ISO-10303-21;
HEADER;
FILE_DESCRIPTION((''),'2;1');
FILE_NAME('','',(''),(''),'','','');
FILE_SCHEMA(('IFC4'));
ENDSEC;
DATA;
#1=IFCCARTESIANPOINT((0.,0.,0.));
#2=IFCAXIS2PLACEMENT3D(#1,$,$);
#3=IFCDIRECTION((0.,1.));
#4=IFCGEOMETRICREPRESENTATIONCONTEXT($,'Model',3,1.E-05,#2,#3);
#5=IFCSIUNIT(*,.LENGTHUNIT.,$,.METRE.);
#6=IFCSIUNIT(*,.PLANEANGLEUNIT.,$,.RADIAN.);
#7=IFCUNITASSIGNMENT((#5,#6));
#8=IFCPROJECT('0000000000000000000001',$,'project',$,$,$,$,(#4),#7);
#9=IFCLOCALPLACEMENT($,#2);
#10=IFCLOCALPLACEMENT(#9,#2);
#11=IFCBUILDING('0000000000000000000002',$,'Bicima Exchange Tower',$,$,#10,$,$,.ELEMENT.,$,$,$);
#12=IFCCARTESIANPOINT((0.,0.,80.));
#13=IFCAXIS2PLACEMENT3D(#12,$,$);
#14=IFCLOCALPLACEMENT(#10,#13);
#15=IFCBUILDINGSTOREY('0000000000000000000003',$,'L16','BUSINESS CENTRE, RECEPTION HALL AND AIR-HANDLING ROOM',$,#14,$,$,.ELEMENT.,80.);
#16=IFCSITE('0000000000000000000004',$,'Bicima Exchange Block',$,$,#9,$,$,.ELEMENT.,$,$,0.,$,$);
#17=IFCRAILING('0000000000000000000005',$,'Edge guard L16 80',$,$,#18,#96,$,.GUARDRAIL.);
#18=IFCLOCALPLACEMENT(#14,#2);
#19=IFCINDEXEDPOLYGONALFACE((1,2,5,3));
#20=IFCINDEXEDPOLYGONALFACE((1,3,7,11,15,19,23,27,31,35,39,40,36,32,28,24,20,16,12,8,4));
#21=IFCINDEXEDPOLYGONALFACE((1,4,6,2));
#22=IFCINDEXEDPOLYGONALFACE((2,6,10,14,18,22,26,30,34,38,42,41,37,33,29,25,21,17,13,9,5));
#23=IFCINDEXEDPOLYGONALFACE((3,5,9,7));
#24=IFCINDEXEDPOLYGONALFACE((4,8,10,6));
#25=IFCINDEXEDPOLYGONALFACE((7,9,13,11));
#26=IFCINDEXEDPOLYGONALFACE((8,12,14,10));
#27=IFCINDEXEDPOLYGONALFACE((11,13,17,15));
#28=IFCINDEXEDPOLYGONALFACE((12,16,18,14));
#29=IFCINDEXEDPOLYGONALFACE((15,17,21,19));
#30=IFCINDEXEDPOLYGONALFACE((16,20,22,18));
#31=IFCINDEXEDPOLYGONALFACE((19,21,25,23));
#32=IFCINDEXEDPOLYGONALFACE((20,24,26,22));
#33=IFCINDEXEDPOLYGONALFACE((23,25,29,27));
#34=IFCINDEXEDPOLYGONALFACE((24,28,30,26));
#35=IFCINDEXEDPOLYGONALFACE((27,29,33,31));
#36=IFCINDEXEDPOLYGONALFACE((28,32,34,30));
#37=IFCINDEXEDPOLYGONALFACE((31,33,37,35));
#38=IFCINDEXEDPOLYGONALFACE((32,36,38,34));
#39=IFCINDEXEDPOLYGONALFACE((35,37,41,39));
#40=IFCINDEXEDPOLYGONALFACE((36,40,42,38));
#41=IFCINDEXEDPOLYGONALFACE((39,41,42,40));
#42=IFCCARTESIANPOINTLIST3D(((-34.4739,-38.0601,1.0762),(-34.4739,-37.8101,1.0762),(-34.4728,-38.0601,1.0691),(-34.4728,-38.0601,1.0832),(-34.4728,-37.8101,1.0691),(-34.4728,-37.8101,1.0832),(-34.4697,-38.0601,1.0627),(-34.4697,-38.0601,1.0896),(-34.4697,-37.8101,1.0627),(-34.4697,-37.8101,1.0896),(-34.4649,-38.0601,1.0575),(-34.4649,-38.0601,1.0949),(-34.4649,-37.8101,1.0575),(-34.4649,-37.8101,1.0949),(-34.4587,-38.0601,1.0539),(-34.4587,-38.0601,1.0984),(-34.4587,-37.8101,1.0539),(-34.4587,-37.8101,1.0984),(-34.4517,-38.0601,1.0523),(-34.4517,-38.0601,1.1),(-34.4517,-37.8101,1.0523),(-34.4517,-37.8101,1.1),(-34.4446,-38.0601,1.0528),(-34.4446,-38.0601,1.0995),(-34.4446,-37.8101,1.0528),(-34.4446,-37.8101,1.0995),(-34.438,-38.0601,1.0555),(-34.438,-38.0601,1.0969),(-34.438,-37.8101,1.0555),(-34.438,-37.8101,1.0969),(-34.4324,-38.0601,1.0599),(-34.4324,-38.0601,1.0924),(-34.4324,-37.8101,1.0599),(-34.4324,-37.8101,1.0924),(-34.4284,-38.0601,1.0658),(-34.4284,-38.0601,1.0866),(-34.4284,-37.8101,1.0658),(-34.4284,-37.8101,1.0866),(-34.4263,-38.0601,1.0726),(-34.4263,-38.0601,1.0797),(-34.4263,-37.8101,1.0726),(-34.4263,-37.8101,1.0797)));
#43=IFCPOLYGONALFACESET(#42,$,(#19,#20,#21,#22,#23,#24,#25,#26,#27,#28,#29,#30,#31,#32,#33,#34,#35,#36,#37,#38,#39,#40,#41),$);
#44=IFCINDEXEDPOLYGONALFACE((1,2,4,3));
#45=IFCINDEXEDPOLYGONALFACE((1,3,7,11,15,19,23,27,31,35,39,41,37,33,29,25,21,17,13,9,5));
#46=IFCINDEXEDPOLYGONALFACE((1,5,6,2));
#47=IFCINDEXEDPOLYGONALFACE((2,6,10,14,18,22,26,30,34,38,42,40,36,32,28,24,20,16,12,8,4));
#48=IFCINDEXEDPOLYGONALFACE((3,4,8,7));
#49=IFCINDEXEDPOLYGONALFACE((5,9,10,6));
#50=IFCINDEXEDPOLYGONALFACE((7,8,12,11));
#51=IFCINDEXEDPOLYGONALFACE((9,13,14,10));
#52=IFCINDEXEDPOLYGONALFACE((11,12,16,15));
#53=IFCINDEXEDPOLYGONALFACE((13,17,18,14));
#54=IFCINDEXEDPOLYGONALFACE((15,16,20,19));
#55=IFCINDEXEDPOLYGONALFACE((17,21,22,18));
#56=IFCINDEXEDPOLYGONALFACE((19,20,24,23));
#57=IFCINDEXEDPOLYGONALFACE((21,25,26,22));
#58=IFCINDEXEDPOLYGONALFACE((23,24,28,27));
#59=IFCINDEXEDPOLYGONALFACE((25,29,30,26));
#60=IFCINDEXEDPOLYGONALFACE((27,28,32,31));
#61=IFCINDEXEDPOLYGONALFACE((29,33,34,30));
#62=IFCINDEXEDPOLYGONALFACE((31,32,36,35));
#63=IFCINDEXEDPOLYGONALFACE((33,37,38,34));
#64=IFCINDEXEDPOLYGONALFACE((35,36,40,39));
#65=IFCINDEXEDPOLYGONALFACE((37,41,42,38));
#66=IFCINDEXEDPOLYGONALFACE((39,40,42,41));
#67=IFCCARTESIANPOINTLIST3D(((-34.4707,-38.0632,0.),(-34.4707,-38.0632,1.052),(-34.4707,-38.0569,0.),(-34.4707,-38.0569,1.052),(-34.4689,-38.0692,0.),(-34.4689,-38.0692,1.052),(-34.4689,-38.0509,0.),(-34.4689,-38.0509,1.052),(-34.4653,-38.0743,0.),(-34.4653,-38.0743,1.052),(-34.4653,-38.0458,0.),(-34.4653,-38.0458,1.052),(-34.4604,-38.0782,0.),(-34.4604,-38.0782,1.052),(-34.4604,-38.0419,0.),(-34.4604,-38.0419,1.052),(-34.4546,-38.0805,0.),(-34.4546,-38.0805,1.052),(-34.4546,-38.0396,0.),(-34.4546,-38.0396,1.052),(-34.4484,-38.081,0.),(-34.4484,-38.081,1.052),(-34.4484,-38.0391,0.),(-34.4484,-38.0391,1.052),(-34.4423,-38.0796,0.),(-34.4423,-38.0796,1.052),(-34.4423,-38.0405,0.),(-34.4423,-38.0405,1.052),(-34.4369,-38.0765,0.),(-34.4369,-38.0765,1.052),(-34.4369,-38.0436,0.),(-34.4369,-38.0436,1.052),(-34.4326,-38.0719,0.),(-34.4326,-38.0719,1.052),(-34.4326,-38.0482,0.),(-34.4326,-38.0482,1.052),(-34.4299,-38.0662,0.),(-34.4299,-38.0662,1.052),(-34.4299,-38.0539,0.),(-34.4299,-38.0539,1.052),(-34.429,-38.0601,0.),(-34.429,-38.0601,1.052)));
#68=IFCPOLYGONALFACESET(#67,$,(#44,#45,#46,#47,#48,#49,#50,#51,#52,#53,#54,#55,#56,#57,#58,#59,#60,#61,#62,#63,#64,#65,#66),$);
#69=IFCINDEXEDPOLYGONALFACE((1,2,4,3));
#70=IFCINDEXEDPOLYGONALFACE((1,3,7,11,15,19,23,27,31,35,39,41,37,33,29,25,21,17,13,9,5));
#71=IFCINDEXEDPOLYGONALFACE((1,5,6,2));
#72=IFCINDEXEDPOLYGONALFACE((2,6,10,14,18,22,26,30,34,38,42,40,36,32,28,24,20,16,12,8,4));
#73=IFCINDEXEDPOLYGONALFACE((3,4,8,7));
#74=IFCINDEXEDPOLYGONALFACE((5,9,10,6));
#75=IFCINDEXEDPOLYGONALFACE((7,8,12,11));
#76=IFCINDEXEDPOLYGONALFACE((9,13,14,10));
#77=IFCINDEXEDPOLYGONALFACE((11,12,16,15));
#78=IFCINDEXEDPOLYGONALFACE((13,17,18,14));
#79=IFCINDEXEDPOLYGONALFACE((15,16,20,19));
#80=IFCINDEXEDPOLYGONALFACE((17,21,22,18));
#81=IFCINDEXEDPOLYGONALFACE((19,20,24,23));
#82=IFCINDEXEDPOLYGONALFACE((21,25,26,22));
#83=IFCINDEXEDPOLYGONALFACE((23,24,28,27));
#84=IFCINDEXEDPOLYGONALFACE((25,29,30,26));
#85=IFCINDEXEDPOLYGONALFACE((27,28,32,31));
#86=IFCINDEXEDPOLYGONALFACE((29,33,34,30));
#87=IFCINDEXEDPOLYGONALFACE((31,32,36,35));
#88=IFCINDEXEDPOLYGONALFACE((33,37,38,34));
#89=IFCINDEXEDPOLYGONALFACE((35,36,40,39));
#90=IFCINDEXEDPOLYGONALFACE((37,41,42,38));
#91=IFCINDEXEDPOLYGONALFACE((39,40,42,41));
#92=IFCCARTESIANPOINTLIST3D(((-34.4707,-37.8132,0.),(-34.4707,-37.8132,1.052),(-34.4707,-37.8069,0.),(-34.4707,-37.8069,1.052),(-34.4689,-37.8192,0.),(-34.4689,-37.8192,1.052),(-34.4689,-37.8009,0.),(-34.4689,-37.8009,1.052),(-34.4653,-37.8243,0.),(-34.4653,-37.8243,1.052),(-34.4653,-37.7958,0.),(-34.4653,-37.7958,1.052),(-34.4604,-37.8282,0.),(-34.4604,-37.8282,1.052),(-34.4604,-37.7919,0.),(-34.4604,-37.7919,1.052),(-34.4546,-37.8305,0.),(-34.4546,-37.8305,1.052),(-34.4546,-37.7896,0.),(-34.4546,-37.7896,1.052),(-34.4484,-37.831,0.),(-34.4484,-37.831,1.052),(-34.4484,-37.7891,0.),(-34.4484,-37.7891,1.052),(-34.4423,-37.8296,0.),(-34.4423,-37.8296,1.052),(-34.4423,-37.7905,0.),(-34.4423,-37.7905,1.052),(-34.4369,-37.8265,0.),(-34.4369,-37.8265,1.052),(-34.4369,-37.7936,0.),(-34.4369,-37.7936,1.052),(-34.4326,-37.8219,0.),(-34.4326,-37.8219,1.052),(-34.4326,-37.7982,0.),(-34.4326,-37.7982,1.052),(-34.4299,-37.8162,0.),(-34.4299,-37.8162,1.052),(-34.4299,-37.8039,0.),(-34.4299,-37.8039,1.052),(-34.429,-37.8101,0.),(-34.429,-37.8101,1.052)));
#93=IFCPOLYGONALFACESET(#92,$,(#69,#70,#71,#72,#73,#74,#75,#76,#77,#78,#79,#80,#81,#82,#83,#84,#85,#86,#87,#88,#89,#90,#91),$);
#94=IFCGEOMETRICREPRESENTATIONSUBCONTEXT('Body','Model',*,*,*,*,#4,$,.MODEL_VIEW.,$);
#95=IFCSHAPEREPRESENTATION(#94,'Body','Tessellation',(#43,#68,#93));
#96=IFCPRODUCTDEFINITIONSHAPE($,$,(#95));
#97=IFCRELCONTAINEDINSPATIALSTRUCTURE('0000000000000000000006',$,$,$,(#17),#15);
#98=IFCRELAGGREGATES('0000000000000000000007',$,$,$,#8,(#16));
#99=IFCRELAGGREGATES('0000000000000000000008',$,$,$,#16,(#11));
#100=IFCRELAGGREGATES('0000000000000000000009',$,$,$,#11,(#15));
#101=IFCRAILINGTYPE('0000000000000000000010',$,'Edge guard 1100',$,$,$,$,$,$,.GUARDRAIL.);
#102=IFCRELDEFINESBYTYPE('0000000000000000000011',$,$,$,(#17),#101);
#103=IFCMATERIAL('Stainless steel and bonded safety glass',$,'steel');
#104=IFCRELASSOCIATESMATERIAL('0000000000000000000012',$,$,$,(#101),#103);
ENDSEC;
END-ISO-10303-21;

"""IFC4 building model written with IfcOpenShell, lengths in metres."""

from ifc_helpers import new_model, si_unit, direction, frame, origin, origin_2d, place, context, subcontext, project, spatial, circle, extrude, material, type_object, element, save


model = new_model("IFC4")

# Units and contexts
model_context = context("Model", 3, precision=1e-05, world=origin(), true_north=direction((0.0, 1.0)))
body_context = subcontext(model_context, "Body", "Model", "MODEL_VIEW")
ifc_project = project(units=[si_unit("LENGTHUNIT", "METRE"), si_unit("PLANEANGLEUNIT", "RADIAN")], contexts=[model_context])

# Site, building, storey
site_placement = place(None, origin())
site = spatial("IfcSite", under=ifc_project, at=site_placement, Name="Bicima Exchange Block", CompositionType="ELEMENT", RefElevation=0.0)
building_placement = place(site_placement, origin())
building = spatial("IfcBuilding", under=site, at=building_placement, Name="Bicima Exchange Tower", CompositionType="ELEMENT")
storey_placement = place(building_placement, frame((0.0, 0.0, 80.0)))
storey = spatial("IfcBuildingStorey", under=building, at=storey_placement, Name="L16", Description="BUSINESS CENTRE, RECEPTION HALL AND AIR-HANDLING ROOM", CompositionType="ELEMENT", Elevation=80.0)

# Railing
ifc_material_1 = material(Name="Stainless steel and bonded safety glass", Category="steel")
railing_type = type_object("IfcRailingType", Name="Edge guard 1100", PredefinedType="GUARDRAIL", material=ifc_material_1)
railing_1_placement = place(storey_placement, frame((-34.45, -38.0601, 0.0)))
element("IfcRailing", 1, at=railing_1_placement, inside=storey, type_object=railing_type, Name="Edge guard L16 80", PredefinedType="GUARDRAIL", context=body_context, shape_type="SweptSolid", body=[
    extrude(circle(Radius=0.0239, at=origin_2d()), frame((0.0, 0.0, 1.0762), z_axis=(0.0, 1.0, 0.0), x_axis=(-1.0, 0.0, 0.0)), (0.0, 0.0, 1.0), 0.25),
    extrude(circle(Radius=0.021, at=origin_2d()), origin(), (0.0, 0.0, 1.0), 1.052),
    extrude(circle(Radius=0.021, at=origin_2d()), frame((0.0, 0.25, 0.0)), (0.0, 0.0, 1.0), 1.052),
])

save(model, "model.ifc")
